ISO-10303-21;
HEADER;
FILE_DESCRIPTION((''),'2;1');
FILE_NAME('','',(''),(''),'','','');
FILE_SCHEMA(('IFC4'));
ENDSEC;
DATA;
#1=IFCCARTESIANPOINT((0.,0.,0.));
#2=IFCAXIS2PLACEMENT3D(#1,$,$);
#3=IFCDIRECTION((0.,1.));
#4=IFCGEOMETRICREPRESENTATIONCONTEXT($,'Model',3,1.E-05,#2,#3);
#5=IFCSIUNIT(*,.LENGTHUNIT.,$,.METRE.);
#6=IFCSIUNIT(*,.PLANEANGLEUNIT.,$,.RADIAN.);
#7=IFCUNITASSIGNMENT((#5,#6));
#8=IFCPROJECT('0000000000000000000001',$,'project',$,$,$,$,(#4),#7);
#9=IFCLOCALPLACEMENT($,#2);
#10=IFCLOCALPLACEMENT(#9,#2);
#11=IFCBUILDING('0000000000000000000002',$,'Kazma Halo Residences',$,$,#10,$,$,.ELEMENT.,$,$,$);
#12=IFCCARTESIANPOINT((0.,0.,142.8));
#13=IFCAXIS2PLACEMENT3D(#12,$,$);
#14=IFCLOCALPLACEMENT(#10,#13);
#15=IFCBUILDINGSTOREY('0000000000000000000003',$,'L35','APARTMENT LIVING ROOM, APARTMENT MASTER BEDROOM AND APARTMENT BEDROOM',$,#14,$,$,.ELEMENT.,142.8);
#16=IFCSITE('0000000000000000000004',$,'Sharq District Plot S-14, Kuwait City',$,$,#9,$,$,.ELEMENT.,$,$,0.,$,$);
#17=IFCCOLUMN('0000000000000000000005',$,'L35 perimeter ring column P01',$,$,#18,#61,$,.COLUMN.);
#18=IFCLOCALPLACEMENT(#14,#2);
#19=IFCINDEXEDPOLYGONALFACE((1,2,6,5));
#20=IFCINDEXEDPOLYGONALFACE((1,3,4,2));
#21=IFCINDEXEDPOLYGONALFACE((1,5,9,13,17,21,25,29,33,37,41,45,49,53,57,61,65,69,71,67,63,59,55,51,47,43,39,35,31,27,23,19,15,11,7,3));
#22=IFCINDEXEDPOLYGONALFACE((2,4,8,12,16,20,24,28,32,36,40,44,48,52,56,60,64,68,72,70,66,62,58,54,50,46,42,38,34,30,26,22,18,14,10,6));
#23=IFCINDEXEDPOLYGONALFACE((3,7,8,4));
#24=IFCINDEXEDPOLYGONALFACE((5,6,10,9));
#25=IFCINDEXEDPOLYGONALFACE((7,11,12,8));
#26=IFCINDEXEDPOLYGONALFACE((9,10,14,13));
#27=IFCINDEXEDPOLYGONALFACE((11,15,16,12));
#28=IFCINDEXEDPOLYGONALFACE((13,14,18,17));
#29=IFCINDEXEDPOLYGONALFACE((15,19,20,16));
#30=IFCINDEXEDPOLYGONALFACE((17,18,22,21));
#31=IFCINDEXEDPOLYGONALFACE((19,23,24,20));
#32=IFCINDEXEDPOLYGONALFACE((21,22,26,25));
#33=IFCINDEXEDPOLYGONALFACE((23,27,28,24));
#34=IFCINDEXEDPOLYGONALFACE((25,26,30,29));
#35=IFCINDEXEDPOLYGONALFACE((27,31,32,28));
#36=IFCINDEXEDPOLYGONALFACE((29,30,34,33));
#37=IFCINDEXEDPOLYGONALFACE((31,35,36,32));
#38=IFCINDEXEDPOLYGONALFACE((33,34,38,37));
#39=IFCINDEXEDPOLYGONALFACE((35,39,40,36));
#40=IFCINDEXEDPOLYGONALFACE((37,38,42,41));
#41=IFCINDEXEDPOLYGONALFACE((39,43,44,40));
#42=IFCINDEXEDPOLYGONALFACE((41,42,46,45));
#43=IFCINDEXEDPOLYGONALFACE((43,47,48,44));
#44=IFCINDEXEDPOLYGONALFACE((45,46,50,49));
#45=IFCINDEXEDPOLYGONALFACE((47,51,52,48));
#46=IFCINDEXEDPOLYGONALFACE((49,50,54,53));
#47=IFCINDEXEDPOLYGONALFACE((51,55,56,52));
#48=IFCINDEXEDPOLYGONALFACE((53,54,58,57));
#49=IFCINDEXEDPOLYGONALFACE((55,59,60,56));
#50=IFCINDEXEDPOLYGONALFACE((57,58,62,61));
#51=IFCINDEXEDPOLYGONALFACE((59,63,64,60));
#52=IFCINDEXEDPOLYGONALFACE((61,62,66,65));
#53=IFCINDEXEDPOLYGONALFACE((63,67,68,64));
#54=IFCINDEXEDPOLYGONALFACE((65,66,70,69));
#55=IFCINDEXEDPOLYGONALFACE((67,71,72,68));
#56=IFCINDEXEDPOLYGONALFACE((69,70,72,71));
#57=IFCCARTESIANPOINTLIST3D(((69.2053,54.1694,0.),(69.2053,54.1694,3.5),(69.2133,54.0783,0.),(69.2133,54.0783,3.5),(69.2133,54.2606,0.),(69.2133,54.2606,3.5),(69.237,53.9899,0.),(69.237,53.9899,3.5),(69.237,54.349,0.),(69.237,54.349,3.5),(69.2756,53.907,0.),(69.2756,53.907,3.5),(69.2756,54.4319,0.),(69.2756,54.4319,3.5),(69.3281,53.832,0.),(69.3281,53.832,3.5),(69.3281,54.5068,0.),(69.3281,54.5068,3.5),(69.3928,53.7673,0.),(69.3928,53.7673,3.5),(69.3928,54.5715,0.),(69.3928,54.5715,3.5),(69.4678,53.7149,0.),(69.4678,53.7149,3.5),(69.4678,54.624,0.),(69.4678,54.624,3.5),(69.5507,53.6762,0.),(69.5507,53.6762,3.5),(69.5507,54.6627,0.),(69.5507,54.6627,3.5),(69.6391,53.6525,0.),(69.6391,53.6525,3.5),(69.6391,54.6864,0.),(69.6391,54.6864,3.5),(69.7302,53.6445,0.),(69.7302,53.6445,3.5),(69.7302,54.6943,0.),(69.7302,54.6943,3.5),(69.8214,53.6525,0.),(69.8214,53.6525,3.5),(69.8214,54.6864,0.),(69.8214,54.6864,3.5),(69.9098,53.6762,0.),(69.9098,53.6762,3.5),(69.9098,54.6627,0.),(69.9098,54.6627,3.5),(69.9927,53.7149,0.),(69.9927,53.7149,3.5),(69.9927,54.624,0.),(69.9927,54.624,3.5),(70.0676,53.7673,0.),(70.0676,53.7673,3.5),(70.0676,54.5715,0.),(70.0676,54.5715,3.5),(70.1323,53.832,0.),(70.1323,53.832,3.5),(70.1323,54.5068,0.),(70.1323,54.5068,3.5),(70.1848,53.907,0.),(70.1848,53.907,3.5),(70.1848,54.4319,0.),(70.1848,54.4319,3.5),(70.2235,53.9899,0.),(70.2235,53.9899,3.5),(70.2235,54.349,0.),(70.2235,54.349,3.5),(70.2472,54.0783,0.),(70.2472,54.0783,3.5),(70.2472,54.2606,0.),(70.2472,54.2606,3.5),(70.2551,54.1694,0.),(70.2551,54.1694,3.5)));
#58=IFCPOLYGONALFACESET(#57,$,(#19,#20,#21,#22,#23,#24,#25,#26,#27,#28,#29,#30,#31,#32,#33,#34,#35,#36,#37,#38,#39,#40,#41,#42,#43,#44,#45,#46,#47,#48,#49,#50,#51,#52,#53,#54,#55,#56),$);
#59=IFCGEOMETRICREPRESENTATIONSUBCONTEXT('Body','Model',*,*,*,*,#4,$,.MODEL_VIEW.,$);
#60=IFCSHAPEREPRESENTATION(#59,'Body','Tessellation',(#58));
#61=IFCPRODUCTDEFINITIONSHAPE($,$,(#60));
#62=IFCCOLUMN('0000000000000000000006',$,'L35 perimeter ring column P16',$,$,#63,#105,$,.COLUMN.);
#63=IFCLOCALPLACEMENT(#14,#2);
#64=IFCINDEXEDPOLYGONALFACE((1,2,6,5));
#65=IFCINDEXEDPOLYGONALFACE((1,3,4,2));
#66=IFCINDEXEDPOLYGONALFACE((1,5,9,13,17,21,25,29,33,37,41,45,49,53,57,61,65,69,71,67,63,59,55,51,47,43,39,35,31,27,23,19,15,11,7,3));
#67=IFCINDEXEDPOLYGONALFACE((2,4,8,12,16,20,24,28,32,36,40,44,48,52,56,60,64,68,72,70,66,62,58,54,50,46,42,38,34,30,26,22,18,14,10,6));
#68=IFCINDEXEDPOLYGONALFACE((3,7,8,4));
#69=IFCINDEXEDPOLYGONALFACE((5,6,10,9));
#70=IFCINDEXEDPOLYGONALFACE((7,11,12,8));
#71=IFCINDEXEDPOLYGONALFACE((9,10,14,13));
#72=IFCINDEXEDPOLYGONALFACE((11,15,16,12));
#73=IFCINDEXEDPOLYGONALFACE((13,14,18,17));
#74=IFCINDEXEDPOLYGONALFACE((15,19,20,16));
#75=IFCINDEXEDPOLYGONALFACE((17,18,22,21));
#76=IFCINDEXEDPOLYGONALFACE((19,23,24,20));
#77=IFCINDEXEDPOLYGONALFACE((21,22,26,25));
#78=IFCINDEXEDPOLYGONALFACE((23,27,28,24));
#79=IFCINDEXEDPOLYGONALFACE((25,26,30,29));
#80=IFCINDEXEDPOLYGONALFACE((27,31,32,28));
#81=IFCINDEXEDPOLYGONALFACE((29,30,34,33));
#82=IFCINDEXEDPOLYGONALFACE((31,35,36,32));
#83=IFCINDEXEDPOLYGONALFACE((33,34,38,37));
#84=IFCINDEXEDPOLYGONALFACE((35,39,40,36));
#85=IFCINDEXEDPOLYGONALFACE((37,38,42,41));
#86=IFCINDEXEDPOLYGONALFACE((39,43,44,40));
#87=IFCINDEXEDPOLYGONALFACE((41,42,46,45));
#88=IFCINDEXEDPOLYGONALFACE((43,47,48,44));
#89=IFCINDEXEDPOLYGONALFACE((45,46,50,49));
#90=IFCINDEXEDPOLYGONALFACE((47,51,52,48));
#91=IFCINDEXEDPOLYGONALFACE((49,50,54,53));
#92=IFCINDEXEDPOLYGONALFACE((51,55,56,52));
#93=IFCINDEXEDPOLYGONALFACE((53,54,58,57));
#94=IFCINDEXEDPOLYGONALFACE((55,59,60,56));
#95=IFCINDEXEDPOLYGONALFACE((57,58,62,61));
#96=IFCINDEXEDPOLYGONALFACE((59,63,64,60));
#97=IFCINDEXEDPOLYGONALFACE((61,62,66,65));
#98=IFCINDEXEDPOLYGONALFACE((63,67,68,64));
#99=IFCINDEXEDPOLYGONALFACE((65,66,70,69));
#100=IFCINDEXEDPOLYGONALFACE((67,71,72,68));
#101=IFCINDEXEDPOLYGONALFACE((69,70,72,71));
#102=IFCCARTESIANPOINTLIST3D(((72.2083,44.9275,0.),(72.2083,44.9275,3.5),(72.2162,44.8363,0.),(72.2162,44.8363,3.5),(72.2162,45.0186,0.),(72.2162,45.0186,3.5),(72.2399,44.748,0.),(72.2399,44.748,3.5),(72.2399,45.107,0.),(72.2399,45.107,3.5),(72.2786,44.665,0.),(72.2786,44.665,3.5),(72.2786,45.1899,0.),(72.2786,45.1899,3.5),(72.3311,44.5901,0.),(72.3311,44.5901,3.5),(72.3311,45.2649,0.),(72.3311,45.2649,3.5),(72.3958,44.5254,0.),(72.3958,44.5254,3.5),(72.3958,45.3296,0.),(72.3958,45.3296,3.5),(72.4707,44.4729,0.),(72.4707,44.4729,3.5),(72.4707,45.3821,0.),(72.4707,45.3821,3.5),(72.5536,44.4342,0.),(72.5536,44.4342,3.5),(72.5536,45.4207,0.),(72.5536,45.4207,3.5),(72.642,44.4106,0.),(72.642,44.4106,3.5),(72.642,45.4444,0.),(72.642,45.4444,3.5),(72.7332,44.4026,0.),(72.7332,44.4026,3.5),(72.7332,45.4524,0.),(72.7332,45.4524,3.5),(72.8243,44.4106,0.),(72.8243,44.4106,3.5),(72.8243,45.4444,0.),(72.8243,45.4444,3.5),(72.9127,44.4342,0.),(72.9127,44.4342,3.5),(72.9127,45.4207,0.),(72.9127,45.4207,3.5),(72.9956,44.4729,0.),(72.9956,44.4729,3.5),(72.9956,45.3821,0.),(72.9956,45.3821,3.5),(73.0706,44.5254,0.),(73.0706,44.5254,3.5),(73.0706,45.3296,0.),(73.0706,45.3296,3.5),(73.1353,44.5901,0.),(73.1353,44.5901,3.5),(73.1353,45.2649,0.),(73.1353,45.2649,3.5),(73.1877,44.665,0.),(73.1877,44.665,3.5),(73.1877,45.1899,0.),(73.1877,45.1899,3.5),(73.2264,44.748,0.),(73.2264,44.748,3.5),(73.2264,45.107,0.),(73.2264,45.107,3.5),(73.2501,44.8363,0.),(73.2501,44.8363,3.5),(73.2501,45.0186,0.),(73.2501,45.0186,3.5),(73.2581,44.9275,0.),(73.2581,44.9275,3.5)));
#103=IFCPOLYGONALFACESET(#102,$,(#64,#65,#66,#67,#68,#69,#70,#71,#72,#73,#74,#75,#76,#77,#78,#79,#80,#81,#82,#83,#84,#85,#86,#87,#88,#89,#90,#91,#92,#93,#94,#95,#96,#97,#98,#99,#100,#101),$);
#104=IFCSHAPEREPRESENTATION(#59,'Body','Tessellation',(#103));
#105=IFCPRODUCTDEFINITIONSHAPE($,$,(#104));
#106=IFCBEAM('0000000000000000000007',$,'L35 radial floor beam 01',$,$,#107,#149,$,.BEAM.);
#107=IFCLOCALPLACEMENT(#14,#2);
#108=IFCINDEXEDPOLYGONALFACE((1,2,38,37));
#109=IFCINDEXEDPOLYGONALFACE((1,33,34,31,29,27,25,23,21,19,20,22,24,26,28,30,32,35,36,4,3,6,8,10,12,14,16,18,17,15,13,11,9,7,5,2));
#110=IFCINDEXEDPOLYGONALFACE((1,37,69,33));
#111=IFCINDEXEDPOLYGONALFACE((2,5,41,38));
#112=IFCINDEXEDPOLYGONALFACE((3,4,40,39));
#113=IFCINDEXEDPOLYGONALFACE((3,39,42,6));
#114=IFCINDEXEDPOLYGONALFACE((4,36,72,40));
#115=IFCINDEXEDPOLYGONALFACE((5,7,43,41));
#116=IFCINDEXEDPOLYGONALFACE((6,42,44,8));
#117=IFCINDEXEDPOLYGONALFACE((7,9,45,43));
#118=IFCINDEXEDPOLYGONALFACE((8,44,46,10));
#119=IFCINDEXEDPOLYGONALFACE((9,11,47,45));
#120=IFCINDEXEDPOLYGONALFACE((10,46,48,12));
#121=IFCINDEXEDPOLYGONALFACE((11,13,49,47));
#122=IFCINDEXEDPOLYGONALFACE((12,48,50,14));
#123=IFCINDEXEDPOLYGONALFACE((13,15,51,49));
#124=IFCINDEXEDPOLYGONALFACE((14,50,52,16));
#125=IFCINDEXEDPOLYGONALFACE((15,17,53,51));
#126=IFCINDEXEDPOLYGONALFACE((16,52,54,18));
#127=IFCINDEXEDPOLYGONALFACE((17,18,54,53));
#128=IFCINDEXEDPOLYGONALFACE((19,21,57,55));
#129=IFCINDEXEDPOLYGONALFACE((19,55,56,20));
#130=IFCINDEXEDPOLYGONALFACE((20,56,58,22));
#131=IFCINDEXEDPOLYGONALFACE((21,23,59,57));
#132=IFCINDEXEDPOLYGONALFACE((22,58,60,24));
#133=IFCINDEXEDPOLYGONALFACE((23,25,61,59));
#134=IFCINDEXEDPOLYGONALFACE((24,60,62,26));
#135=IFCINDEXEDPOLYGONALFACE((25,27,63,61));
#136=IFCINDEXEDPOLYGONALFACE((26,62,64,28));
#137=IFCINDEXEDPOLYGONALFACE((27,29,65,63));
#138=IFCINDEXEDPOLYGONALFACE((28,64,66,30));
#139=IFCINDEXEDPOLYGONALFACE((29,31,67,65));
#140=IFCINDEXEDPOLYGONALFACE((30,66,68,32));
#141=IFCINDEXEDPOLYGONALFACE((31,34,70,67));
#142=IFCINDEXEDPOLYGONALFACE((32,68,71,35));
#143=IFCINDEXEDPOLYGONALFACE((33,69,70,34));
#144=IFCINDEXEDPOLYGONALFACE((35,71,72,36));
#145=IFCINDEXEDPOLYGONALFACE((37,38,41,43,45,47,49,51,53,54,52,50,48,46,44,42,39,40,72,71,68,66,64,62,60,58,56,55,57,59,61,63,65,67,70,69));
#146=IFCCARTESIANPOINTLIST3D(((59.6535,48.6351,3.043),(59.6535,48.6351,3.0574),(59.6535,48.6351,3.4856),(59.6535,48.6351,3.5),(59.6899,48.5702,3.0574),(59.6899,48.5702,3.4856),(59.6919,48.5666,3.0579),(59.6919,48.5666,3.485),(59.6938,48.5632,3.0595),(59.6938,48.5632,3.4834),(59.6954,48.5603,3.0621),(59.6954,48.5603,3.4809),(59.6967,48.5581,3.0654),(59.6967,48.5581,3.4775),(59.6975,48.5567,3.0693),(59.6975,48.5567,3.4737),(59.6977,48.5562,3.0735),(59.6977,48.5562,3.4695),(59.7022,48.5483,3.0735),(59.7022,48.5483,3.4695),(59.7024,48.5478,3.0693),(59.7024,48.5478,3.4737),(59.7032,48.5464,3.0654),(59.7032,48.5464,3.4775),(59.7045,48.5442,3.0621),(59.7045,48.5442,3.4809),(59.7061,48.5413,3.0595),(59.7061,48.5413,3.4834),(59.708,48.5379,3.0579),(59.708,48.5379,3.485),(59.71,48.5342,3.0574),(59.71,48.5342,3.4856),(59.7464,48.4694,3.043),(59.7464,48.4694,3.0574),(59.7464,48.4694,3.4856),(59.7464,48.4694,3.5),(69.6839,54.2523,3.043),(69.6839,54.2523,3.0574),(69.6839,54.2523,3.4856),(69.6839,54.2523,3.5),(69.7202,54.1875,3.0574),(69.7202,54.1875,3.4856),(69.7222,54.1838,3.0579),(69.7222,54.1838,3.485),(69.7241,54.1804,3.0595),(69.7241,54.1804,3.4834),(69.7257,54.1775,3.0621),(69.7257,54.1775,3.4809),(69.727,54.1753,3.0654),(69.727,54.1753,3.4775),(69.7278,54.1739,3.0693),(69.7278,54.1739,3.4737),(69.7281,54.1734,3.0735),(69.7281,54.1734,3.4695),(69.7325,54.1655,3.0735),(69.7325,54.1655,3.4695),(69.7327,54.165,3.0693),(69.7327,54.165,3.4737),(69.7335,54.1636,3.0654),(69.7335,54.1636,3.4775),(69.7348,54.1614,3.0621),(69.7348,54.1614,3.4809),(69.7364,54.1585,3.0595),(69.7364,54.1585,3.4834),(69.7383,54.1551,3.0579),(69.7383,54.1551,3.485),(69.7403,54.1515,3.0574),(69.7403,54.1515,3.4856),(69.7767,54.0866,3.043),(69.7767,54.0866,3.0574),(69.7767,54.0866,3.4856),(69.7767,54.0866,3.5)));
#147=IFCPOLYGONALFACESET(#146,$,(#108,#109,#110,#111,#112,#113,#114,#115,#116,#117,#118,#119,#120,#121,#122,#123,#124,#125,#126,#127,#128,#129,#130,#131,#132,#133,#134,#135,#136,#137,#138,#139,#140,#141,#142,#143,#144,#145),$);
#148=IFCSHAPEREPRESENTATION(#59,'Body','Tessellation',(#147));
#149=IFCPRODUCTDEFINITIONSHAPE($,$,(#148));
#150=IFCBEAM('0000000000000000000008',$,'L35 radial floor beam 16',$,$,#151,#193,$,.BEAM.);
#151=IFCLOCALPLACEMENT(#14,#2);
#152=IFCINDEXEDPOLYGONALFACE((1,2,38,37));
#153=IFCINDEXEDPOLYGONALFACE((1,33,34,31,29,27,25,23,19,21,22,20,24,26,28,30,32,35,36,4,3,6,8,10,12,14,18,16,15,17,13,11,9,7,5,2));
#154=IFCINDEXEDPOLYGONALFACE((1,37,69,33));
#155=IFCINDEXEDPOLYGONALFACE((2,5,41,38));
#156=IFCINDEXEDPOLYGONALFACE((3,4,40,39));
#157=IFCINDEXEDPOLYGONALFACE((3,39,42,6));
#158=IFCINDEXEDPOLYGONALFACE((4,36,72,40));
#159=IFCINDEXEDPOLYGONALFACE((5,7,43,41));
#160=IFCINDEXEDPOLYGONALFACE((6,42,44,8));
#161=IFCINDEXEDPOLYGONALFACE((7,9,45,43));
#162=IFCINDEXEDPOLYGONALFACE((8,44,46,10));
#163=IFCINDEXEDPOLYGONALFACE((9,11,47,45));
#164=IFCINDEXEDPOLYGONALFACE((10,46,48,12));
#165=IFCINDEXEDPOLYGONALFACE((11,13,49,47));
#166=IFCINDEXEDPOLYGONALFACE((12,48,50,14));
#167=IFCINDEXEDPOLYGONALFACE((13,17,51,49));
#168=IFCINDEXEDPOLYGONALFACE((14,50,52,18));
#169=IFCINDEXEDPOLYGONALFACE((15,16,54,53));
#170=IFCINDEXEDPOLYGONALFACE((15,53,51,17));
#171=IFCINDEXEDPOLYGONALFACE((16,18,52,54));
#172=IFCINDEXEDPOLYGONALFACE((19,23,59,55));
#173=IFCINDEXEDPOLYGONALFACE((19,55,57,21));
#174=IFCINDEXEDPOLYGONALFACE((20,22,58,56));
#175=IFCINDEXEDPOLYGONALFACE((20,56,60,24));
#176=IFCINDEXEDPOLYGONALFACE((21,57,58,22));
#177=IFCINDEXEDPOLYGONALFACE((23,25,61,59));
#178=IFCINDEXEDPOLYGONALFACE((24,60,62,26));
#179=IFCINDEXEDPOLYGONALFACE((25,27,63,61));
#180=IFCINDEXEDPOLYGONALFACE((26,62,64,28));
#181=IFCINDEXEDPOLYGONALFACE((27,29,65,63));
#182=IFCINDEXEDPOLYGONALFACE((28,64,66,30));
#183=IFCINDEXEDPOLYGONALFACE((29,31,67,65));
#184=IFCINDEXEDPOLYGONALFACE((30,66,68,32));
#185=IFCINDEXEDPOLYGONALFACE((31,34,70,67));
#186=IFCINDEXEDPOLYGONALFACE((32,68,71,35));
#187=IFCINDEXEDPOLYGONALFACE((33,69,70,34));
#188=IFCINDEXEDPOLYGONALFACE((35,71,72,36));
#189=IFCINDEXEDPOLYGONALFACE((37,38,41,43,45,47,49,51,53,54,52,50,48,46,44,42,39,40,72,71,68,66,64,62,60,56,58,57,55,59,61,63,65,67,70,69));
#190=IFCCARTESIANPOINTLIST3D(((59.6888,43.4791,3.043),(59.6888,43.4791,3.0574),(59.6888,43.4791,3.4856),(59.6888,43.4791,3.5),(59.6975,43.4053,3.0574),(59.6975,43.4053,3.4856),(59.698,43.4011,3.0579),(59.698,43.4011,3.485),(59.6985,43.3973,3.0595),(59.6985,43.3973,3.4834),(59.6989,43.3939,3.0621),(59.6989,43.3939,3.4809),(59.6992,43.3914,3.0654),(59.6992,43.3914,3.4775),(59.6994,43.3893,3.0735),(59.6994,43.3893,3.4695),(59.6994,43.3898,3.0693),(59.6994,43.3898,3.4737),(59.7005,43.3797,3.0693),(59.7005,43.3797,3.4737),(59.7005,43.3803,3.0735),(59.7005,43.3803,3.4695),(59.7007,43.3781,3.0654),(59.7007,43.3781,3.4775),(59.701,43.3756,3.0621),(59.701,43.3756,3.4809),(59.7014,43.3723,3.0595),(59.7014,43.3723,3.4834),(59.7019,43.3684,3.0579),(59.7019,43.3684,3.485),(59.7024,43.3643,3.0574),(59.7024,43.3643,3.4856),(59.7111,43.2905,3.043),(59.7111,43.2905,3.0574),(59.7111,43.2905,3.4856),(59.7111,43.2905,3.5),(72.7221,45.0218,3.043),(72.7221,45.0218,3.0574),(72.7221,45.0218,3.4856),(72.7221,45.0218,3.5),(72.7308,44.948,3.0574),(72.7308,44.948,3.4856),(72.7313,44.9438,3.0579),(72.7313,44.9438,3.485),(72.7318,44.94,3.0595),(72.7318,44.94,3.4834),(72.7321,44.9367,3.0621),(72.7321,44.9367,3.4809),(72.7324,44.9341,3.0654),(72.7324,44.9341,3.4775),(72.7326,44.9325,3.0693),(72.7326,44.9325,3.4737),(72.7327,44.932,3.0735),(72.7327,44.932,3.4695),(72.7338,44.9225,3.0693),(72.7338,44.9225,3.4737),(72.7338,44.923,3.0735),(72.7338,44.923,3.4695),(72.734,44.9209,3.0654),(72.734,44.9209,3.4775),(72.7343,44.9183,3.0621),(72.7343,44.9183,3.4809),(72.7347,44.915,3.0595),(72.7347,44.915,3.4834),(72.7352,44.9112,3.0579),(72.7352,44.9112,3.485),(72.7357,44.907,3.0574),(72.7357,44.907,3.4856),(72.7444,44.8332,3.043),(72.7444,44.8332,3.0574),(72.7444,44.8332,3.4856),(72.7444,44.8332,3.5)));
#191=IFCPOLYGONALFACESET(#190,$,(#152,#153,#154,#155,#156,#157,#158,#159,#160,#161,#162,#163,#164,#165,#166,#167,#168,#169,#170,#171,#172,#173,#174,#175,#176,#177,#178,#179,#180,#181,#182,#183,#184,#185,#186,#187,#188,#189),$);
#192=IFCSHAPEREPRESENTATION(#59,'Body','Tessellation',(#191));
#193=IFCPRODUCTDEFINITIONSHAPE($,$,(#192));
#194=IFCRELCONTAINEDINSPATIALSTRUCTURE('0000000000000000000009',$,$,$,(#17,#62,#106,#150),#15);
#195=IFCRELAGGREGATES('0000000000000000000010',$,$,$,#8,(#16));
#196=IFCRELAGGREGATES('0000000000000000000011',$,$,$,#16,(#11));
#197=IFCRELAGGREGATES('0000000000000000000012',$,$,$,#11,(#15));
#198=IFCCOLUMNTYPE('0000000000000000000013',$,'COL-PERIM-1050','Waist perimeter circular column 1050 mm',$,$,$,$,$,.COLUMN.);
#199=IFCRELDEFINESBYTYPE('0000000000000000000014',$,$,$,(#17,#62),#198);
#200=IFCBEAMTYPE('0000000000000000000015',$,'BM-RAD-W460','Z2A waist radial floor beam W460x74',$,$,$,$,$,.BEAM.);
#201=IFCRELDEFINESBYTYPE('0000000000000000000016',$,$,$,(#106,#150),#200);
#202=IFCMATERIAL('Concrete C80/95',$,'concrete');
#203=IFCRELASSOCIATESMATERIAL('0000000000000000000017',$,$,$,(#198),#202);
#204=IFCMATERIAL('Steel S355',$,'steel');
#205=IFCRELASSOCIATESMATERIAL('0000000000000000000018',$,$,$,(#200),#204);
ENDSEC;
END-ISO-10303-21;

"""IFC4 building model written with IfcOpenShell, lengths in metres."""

from ifc_helpers import new_model, si_unit, direction, frame, origin, origin_2d, place, context, subcontext, project, spatial, circle, i_section, extrude, material, material_profile, profile_set, type_object, element, save


model = new_model("IFC4")

# Units and contexts
model_context = context("Model", 3, precision=1e-05, world=origin(), true_north=direction((0.0, 1.0)))
body_context = subcontext(model_context, "Body", "Model", "MODEL_VIEW")
ifc_project = project(units=[si_unit("LENGTHUNIT", "METRE"), si_unit("PLANEANGLEUNIT", "RADIAN")], contexts=[model_context])

# Site, building, storey
site_placement = place(None, origin())
site = spatial("IfcSite", under=ifc_project, at=site_placement, Name="Sharq District Plot S-14, Kuwait City", CompositionType="ELEMENT", RefElevation=0.0)
building_placement = place(site_placement, origin())
building = spatial("IfcBuilding", under=site, at=building_placement, Name="Kazma Halo Residences", CompositionType="ELEMENT")
storey_placement = place(building_placement, frame((0.0, 0.0, 142.8)))
storey = spatial("IfcBuildingStorey", under=building, at=storey_placement, Name="L35", Description="APARTMENT LIVING ROOM, APARTMENT MASTER BEDROOM AND APARTMENT BEDROOM", CompositionType="ELEMENT", Elevation=142.8)

# Columns
ifc_material_1 = material(Name="Concrete C80/95", Category="concrete")
ifc_material_profile_1 = material_profile(ifc_material_1, circle(Radius=0.5249, at=origin_2d()), Name="CIRC1050")
ifc_profile_set_1 = profile_set([ifc_material_profile_1], Name="Concrete C80/95")
column_type = type_object("IfcColumnType", Name="COL-PERIM-1050", Description="Waist perimeter circular column 1050 mm", PredefinedType="COLUMN", material=ifc_profile_set_1)
for number, where, z_axis, x_axis, name in (
    (1, (69.7302, 54.1694, 0.0), (0.0, 0.0, 1.0), (1.0, 0.0, 0.0), "L35 perimeter ring column P01"),
    (2, (72.7332, 44.9275, 0.0), (0.0, 0.0, 1.0), (1.0, 0.0, 0.0), "L35 perimeter ring column P16"),
):
    element("IfcColumn", number, at=place(storey_placement, frame(where, z_axis=z_axis, x_axis=x_axis)), inside=storey, type_object=column_type, Name=name, PredefinedType="COLUMN", context=body_context, shape_type="SweptSolid", body=[
        extrude(circle(Radius=0.5249, at=origin_2d()), origin(), (0.0, 0.0, 1.0), 3.5),
    ])

# Beams
ifc_material_2 = material(Name="Steel S355", Category="steel")
ifc_material_profile_2 = material_profile(ifc_material_2, i_section(OverallWidth=0.1899, OverallDepth=0.457, WebThickness=0.009, FlangeThickness=0.0144, FilletRadius=0.0161, at=origin_2d()), Name="W460x74")
ifc_profile_set_2 = profile_set([ifc_material_profile_2], Name="Steel S355")
beam_type_1 = type_object("IfcBeamType", Name="BM-RAD-W460", Description="Z2A waist radial floor beam W460x74", PredefinedType="BEAM", material=ifc_profile_set_2)
beam_1_placement = place(storey_placement, frame((59.7, 48.5522, 3.2715), z_axis=(0.872497, 0.488619, 0.0), x_axis=(-0.488619, 0.872497, 0.0)))
element("IfcBeam", 3, at=beam_1_placement, inside=storey, type_object=beam_type_1, Name="L35 radial floor beam 01", PredefinedType="BEAM", context=body_context, shape_type="SweptSolid", body=[
    extrude(i_section(OverallWidth=0.1899, OverallDepth=0.457, WebThickness=0.009, FlangeThickness=0.0144, FilletRadius=0.0161, at=origin_2d()), origin(), (0.0, 0.0, 1.0), 11.4961),
])
beam_2_placement = place(storey_placement, frame((59.7, 43.3848, 3.2715), z_axis=(0.993067, 0.117548, 0.0), x_axis=(-0.117548, 0.993067, 0.0)))
element("IfcBeam", 4, at=beam_2_placement, inside=storey, type_object=beam_type_1, Name="L35 radial floor beam 16", PredefinedType="BEAM", context=body_context, shape_type="SweptSolid", body=[
    extrude(i_section(OverallWidth=0.1899, OverallDepth=0.457, WebThickness=0.009, FlangeThickness=0.0144, FilletRadius=0.0161, at=origin_2d()), origin(), (0.0, 0.0, 1.0), 13.1243),
])

save(model, "model.ifc")
